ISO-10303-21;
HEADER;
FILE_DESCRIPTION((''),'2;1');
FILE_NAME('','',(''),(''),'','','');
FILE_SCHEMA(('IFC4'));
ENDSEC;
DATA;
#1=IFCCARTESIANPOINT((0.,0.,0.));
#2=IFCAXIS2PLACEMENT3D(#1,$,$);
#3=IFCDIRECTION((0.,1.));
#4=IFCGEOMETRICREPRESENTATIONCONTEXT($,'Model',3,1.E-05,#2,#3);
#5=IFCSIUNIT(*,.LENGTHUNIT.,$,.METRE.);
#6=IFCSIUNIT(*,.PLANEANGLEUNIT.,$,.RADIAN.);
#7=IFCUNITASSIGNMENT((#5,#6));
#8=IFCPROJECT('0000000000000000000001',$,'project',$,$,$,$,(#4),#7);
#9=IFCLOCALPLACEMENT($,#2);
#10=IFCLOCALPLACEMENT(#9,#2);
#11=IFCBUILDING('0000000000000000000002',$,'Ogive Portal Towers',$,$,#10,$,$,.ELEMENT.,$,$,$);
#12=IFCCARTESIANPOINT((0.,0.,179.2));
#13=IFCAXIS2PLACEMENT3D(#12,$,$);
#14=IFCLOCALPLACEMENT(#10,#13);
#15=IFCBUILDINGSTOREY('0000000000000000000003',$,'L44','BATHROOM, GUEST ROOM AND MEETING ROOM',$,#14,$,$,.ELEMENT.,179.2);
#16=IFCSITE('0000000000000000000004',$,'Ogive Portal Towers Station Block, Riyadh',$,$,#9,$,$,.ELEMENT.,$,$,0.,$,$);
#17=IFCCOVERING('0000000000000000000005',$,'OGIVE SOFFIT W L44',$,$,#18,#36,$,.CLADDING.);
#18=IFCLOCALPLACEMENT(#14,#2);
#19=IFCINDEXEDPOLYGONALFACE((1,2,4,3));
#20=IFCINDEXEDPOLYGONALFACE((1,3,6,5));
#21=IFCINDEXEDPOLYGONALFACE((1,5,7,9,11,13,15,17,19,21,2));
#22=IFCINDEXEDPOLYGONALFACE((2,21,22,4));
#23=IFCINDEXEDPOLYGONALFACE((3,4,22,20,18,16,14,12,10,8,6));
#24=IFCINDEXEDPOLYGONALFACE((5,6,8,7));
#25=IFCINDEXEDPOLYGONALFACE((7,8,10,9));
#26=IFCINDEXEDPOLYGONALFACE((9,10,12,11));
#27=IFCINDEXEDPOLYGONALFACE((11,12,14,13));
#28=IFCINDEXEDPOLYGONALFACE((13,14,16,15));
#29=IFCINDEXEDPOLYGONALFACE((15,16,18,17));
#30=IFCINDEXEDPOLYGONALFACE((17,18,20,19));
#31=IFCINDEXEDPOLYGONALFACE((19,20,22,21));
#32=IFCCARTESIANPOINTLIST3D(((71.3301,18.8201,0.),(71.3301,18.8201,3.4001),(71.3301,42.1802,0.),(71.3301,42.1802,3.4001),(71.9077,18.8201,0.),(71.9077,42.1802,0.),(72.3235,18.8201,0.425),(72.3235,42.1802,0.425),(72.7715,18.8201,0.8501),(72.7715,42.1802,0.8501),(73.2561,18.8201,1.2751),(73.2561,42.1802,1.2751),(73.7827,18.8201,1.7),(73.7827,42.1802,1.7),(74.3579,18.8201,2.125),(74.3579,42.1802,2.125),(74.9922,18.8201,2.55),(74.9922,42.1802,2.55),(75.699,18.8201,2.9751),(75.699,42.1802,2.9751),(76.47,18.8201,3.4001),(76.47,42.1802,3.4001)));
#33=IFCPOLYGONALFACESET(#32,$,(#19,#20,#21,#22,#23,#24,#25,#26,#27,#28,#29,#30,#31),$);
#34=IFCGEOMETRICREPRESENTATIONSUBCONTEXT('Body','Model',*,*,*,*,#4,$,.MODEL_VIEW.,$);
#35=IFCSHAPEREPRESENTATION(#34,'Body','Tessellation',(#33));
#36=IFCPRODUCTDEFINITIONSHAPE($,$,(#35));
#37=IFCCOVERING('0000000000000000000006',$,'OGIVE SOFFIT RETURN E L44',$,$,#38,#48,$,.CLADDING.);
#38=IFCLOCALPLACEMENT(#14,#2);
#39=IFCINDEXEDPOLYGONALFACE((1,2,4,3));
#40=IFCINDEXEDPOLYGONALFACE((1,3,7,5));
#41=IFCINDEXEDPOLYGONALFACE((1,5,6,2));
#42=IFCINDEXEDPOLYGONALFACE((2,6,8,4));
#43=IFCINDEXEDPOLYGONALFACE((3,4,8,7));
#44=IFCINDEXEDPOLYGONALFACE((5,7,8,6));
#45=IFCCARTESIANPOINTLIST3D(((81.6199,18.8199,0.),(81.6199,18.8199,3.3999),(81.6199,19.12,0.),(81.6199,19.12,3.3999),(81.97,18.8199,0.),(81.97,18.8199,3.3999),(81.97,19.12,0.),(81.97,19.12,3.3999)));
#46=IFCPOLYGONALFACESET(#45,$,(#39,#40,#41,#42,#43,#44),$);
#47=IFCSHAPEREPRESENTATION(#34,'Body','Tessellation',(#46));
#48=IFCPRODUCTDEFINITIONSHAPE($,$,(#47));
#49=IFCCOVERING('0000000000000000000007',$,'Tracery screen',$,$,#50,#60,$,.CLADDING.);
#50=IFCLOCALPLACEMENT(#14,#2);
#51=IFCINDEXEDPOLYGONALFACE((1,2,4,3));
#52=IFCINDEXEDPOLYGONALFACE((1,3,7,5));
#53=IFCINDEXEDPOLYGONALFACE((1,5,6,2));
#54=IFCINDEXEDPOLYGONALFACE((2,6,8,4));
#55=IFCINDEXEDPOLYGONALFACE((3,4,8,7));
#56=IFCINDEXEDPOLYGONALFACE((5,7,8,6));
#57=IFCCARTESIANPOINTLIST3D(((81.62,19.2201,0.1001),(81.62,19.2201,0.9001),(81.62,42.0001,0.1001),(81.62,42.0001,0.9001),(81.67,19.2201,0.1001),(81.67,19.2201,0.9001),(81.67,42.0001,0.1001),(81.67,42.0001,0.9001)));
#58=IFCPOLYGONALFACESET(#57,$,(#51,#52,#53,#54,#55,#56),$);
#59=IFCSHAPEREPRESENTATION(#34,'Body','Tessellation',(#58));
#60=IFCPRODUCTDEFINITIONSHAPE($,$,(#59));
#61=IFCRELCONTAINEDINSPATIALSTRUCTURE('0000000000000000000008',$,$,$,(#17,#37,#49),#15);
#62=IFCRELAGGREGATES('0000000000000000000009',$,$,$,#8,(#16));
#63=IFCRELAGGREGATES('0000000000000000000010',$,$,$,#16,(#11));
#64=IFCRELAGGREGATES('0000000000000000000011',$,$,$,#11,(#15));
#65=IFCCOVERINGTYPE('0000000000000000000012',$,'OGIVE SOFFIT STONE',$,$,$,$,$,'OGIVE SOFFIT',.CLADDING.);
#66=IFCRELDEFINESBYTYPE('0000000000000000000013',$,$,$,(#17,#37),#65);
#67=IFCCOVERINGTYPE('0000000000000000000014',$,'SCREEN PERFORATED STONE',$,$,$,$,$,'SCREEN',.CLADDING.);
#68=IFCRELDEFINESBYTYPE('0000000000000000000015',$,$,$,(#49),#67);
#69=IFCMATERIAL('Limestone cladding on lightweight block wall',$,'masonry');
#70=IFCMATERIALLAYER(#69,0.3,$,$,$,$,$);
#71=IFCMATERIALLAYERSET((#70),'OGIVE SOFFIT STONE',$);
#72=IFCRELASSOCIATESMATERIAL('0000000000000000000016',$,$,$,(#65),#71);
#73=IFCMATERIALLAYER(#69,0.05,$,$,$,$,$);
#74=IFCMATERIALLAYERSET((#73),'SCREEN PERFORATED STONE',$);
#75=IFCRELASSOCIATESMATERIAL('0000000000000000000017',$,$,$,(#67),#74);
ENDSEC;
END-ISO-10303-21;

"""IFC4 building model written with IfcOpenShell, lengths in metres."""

from ifc_helpers import new_model, si_unit, direction, frame, origin, origin_2d, place, context, subcontext, project, spatial, polyline, rectangle, outline, extrude, material, layer, layer_set, type_object, element, save


model = new_model("IFC4")

# Units and contexts
model_context = context("Model", 3, precision=1e-05, world=origin(), true_north=direction((0.0, 1.0)))
body_context = subcontext(model_context, "Body", "Model", "MODEL_VIEW")
ifc_project = project(units=[si_unit("LENGTHUNIT", "METRE"), si_unit("PLANEANGLEUNIT", "RADIAN")], contexts=[model_context])

# Site, building, storey
site_placement = place(None, origin())
site = spatial("IfcSite", under=ifc_project, at=site_placement, Name="Ogive Portal Towers Station Block, Riyadh", CompositionType="ELEMENT", RefElevation=0.0)
building_placement = place(site_placement, origin())
building = spatial("IfcBuilding", under=site, at=building_placement, Name="Ogive Portal Towers", CompositionType="ELEMENT")
storey_placement = place(building_placement, frame((0.0, 0.0, 179.2)))
storey = spatial("IfcBuildingStorey", under=building, at=storey_placement, Name="L44", Description="BATHROOM, GUEST ROOM AND MEETING ROOM", CompositionType="ELEMENT", Elevation=179.2)

# Shared definitions
ifc_material_1 = material(Name="Limestone cladding on lightweight block wall", Category="masonry")

# Coverings
ifc_layer_1 = layer(ifc_material_1, 0.3)
ifc_layer_set_1 = layer_set([ifc_layer_1], Name="OGIVE SOFFIT STONE")
covering_type_1 = type_object("IfcCoveringType", Name="OGIVE SOFFIT STONE", ElementType="OGIVE SOFFIT", PredefinedType="CLADDING", material=ifc_layer_set_1)
covering_1_placement = place(storey_placement, frame((71.3301, 18.8201, 0.0), z_axis=(0.0, -1.0, 0.0), x_axis=(1.0, 0.0, 0.0)))
element("IfcCovering", 1, at=covering_1_placement, inside=storey, type_object=covering_type_1, Name="OGIVE SOFFIT W L44", PredefinedType="CLADDING", context=body_context, shape_type="SweptSolid", body=[
    extrude(outline(polyline([(0.0, 0.0), (0.5776, 0.0), (0.9934, 0.425), (1.4414, 0.8501), (1.926, 1.2751), (2.4526, 1.7), (3.0278, 2.125), (3.6621, 2.55), (4.3689, 2.9751), (5.1399, 3.4001), (0.0, 3.4001), (0.0, 0.0)])), origin(), (0.0, 0.0, -1.0), 23.3601),
])
covering_2_placement = place(storey_placement, frame((81.7949, 18.97, 0.0), z_axis=(0.0, 0.0, 1.0), x_axis=(1.0, 0.0, 0.0)))
element("IfcCovering", 2, at=covering_2_placement, inside=storey, type_object=covering_type_1, Name="OGIVE SOFFIT RETURN E L44", PredefinedType="CLADDING", context=body_context, shape_type="SweptSolid", body=[
    extrude(rectangle(XDim=0.3501, YDim=0.3, at=origin_2d()), origin(), (0.0, 0.0, 1.0), 3.3999),
])
ifc_layer_2 = layer(ifc_material_1, 0.05)
ifc_layer_set_2 = layer_set([ifc_layer_2], Name="SCREEN PERFORATED STONE")
covering_type_2 = type_object("IfcCoveringType", Name="SCREEN PERFORATED STONE", ElementType="SCREEN", PredefinedType="CLADDING", material=ifc_layer_set_2)
covering_3_placement = place(storey_placement, frame((81.645, 30.6101, 0.1001), z_axis=(0.0, 0.0, 1.0), x_axis=(0.0, -1.0, 0.0)))
element("IfcCovering", 3, at=covering_3_placement, inside=storey, type_object=covering_type_2, Name="Tracery screen", PredefinedType="CLADDING", context=body_context, shape_type="SweptSolid", body=[
    extrude(rectangle(XDim=22.78, YDim=0.05, at=origin_2d()), origin(), (0.0, 0.0, 1.0), 0.8),
])

save(model, "model.ifc")
